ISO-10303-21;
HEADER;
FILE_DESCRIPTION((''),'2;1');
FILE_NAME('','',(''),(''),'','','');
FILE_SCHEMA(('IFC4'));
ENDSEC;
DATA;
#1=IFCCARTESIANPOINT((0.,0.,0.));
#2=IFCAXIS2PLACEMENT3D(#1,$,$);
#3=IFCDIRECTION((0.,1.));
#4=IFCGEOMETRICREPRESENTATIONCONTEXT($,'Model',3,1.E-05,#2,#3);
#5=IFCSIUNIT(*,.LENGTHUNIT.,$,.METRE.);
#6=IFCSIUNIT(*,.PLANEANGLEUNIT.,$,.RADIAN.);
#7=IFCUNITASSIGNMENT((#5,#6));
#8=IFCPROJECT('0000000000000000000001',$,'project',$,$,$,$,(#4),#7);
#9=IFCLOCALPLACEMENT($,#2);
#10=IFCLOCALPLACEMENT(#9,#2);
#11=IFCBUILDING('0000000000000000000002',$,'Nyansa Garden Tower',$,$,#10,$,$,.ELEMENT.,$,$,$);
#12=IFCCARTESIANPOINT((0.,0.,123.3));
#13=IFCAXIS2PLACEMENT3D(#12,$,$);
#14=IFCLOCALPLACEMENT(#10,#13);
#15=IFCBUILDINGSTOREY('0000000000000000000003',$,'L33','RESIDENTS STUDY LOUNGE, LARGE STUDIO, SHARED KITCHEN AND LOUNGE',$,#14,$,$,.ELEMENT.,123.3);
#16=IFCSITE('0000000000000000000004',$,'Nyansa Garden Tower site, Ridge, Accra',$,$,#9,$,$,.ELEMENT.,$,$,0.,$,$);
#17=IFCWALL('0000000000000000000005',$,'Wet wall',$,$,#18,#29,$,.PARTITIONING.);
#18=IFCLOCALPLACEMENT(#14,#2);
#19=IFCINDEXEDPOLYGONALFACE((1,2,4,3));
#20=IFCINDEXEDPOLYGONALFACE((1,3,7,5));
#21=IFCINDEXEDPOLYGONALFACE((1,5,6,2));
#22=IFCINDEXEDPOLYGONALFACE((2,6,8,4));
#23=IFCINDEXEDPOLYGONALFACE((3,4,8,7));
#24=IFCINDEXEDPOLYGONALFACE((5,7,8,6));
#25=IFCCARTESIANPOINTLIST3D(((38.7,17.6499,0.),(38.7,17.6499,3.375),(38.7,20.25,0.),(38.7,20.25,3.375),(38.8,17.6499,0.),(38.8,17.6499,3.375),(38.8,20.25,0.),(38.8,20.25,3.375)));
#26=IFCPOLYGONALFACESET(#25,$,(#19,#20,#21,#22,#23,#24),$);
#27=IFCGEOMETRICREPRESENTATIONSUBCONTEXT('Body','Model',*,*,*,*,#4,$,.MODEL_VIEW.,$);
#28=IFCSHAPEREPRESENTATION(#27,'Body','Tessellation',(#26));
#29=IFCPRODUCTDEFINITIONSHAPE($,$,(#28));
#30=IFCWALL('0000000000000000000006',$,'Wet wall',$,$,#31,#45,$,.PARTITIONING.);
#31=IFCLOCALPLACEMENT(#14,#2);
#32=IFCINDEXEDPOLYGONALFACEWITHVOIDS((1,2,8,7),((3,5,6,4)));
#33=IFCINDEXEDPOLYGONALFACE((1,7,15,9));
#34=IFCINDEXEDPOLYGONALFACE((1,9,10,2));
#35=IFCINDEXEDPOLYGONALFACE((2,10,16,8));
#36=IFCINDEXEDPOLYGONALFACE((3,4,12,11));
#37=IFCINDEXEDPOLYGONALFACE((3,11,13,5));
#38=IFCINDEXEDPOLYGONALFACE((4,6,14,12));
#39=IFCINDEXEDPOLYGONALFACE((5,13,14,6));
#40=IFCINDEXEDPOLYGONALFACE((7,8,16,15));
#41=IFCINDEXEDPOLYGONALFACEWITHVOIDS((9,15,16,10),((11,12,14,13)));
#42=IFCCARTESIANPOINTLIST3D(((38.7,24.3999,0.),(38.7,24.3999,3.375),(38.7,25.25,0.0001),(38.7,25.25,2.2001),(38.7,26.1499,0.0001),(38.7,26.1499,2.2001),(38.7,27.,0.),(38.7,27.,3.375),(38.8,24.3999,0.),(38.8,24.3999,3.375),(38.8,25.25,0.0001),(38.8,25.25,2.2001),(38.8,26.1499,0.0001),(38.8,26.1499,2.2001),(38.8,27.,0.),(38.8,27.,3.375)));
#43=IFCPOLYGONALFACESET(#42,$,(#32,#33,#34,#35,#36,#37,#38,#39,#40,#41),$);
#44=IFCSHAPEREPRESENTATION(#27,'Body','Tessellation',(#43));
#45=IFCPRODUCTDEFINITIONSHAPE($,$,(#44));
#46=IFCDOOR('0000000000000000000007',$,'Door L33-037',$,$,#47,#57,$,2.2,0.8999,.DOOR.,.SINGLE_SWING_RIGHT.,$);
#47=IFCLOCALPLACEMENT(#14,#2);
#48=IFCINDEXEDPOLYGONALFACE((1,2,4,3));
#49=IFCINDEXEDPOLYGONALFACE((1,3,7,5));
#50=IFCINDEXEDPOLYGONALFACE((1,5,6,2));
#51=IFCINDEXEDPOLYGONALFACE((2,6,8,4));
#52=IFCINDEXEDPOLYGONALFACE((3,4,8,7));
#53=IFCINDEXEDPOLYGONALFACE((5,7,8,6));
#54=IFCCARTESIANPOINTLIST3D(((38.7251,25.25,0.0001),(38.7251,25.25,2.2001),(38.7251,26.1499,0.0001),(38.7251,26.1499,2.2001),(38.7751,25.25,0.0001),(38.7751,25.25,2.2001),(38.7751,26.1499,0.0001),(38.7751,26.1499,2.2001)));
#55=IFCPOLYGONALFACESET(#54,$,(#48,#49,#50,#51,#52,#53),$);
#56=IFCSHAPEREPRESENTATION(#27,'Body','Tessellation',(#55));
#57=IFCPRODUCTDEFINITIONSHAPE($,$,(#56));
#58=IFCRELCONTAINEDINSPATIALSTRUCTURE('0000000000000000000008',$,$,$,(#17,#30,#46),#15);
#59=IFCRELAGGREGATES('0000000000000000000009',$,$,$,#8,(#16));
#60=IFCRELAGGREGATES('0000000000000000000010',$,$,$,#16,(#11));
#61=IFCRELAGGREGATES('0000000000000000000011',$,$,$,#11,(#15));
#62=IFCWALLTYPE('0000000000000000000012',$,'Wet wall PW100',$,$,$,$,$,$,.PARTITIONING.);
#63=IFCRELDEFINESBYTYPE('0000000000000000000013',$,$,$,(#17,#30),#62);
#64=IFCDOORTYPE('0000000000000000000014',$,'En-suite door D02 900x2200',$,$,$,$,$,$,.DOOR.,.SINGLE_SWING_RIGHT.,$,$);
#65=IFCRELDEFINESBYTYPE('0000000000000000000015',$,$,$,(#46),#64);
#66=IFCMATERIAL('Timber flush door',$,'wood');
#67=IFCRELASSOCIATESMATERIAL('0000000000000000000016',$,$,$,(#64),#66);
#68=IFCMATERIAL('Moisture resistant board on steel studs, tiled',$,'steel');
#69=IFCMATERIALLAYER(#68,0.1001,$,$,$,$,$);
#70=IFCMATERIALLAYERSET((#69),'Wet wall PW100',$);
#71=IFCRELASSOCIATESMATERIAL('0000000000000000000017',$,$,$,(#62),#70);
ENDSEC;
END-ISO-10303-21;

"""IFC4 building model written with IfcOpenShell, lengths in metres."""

from ifc_helpers import new_model, si_unit, direction, frame, frame_2d, origin, place, context, subcontext, project, spatial, rectangle, extrude, material, layer, layer_set, type_object, element, fill, save


model = new_model("IFC4")

# Units and contexts
model_context = context("Model", 3, precision=1e-05, world=origin(), true_north=direction((0.0, 1.0)))
body_context = subcontext(model_context, "Body", "Model", "MODEL_VIEW")
ifc_project = project(units=[si_unit("LENGTHUNIT", "METRE"), si_unit("PLANEANGLEUNIT", "RADIAN")], contexts=[model_context])

# Site, building, storey
site_placement = place(None, origin())
site = spatial("IfcSite", under=ifc_project, at=site_placement, Name="Nyansa Garden Tower site, Ridge, Accra", CompositionType="ELEMENT", RefElevation=0.0)
building_placement = place(site_placement, origin())
building = spatial("IfcBuilding", under=site, at=building_placement, Name="Nyansa Garden Tower", CompositionType="ELEMENT")
storey_placement = place(building_placement, frame((0.0, 0.0, 123.3)))
storey = spatial("IfcBuildingStorey", under=building, at=storey_placement, Name="L33", Description="RESIDENTS STUDY LOUNGE, LARGE STUDIO, SHARED KITCHEN AND LOUNGE", CompositionType="ELEMENT", Elevation=123.3)

# Shared definitions
ifc_material_1 = material(Name="Timber flush door", Category="wood")
door_type_1 = type_object("IfcDoorType", Name="En-suite door D02 900x2200", OperationType="SINGLE_SWING_RIGHT", PredefinedType="DOOR", material=ifc_material_1)

# Wall
ifc_material_2 = material(Name="Moisture resistant board on steel studs, tiled", Category="steel")
ifc_layer_1 = layer(ifc_material_2, 0.1001)
ifc_layer_set_1 = layer_set([ifc_layer_1], Name="Wet wall PW100")
wall_type_1 = type_object("IfcWallType", Name="Wet wall PW100", PredefinedType="PARTITIONING", material=ifc_layer_set_1)
wall_1_placement = place(storey_placement, frame((38.75, 17.6499, 0.0), z_axis=(0.0, 0.0, 1.0), x_axis=(0.0, 1.0, 0.0)))
element("IfcWall", 1, at=wall_1_placement, inside=storey, type_object=wall_type_1, Name="Wet wall", PredefinedType="PARTITIONING", context=body_context, shape_type="SweptSolid", body=[
    extrude(rectangle(XDim=2.6001, YDim=0.1001, at=frame_2d((1.3, 0.0))), origin(), (0.0, 0.0, 1.0), 3.375),
])

# Wall, opening, door
wall_2_placement = place(storey_placement, frame((38.75, 24.3999, 0.0), z_axis=(0.0, 0.0, 1.0), x_axis=(0.0, 1.0, 0.0)))
wall_2 = element("IfcWall", 2, at=wall_2_placement, inside=storey, type_object=wall_type_1, Name="Wet wall", PredefinedType="PARTITIONING", context=body_context, shape_type="SweptSolid", body=[
    extrude(rectangle(XDim=2.6001, YDim=0.1001, at=frame_2d((1.3, 0.0))), origin(), (0.0, 0.0, 1.0), 3.375),
])
opening_1_placement = place(wall_2_placement, frame((0.8501, 0.0, 0.0)))
opening_1 = element("IfcOpeningElement", 3, at=opening_1_placement, cuts=wall_2, PredefinedType="OPENING", context=body_context, shape_type="SweptSolid", body=[
    extrude(rectangle(XDim=0.8999, YDim=2.2, at=frame_2d((0.45, 1.1001))), frame((0.0, 0.0601, 0.0), z_axis=(0.0, -1.0, 0.0), x_axis=(1.0, 0.0, 0.0)), (0.0, 0.0, 1.0), 0.1201),
])
door_1_placement = place(opening_1_placement, origin())
door_1 = element("IfcDoor", 4, at=door_1_placement, inside=storey, type_object=door_type_1, Name="Door L33-037", OperationType="SINGLE_SWING_RIGHT", OverallHeight=2.2, OverallWidth=0.8999, PredefinedType="DOOR", context=body_context, shape_type="SweptSolid", body=[
    extrude(rectangle(XDim=0.8999, YDim=2.2, at=frame_2d((0.45, 1.1001))), frame((0.0, 0.0249, 0.0), z_axis=(0.0, -1.0, 0.0), x_axis=(1.0, 0.0, 0.0)), (0.0, 0.0, 1.0), 0.05),
])
fill(opening_1, door_1)

save(model, "model.ifc")
